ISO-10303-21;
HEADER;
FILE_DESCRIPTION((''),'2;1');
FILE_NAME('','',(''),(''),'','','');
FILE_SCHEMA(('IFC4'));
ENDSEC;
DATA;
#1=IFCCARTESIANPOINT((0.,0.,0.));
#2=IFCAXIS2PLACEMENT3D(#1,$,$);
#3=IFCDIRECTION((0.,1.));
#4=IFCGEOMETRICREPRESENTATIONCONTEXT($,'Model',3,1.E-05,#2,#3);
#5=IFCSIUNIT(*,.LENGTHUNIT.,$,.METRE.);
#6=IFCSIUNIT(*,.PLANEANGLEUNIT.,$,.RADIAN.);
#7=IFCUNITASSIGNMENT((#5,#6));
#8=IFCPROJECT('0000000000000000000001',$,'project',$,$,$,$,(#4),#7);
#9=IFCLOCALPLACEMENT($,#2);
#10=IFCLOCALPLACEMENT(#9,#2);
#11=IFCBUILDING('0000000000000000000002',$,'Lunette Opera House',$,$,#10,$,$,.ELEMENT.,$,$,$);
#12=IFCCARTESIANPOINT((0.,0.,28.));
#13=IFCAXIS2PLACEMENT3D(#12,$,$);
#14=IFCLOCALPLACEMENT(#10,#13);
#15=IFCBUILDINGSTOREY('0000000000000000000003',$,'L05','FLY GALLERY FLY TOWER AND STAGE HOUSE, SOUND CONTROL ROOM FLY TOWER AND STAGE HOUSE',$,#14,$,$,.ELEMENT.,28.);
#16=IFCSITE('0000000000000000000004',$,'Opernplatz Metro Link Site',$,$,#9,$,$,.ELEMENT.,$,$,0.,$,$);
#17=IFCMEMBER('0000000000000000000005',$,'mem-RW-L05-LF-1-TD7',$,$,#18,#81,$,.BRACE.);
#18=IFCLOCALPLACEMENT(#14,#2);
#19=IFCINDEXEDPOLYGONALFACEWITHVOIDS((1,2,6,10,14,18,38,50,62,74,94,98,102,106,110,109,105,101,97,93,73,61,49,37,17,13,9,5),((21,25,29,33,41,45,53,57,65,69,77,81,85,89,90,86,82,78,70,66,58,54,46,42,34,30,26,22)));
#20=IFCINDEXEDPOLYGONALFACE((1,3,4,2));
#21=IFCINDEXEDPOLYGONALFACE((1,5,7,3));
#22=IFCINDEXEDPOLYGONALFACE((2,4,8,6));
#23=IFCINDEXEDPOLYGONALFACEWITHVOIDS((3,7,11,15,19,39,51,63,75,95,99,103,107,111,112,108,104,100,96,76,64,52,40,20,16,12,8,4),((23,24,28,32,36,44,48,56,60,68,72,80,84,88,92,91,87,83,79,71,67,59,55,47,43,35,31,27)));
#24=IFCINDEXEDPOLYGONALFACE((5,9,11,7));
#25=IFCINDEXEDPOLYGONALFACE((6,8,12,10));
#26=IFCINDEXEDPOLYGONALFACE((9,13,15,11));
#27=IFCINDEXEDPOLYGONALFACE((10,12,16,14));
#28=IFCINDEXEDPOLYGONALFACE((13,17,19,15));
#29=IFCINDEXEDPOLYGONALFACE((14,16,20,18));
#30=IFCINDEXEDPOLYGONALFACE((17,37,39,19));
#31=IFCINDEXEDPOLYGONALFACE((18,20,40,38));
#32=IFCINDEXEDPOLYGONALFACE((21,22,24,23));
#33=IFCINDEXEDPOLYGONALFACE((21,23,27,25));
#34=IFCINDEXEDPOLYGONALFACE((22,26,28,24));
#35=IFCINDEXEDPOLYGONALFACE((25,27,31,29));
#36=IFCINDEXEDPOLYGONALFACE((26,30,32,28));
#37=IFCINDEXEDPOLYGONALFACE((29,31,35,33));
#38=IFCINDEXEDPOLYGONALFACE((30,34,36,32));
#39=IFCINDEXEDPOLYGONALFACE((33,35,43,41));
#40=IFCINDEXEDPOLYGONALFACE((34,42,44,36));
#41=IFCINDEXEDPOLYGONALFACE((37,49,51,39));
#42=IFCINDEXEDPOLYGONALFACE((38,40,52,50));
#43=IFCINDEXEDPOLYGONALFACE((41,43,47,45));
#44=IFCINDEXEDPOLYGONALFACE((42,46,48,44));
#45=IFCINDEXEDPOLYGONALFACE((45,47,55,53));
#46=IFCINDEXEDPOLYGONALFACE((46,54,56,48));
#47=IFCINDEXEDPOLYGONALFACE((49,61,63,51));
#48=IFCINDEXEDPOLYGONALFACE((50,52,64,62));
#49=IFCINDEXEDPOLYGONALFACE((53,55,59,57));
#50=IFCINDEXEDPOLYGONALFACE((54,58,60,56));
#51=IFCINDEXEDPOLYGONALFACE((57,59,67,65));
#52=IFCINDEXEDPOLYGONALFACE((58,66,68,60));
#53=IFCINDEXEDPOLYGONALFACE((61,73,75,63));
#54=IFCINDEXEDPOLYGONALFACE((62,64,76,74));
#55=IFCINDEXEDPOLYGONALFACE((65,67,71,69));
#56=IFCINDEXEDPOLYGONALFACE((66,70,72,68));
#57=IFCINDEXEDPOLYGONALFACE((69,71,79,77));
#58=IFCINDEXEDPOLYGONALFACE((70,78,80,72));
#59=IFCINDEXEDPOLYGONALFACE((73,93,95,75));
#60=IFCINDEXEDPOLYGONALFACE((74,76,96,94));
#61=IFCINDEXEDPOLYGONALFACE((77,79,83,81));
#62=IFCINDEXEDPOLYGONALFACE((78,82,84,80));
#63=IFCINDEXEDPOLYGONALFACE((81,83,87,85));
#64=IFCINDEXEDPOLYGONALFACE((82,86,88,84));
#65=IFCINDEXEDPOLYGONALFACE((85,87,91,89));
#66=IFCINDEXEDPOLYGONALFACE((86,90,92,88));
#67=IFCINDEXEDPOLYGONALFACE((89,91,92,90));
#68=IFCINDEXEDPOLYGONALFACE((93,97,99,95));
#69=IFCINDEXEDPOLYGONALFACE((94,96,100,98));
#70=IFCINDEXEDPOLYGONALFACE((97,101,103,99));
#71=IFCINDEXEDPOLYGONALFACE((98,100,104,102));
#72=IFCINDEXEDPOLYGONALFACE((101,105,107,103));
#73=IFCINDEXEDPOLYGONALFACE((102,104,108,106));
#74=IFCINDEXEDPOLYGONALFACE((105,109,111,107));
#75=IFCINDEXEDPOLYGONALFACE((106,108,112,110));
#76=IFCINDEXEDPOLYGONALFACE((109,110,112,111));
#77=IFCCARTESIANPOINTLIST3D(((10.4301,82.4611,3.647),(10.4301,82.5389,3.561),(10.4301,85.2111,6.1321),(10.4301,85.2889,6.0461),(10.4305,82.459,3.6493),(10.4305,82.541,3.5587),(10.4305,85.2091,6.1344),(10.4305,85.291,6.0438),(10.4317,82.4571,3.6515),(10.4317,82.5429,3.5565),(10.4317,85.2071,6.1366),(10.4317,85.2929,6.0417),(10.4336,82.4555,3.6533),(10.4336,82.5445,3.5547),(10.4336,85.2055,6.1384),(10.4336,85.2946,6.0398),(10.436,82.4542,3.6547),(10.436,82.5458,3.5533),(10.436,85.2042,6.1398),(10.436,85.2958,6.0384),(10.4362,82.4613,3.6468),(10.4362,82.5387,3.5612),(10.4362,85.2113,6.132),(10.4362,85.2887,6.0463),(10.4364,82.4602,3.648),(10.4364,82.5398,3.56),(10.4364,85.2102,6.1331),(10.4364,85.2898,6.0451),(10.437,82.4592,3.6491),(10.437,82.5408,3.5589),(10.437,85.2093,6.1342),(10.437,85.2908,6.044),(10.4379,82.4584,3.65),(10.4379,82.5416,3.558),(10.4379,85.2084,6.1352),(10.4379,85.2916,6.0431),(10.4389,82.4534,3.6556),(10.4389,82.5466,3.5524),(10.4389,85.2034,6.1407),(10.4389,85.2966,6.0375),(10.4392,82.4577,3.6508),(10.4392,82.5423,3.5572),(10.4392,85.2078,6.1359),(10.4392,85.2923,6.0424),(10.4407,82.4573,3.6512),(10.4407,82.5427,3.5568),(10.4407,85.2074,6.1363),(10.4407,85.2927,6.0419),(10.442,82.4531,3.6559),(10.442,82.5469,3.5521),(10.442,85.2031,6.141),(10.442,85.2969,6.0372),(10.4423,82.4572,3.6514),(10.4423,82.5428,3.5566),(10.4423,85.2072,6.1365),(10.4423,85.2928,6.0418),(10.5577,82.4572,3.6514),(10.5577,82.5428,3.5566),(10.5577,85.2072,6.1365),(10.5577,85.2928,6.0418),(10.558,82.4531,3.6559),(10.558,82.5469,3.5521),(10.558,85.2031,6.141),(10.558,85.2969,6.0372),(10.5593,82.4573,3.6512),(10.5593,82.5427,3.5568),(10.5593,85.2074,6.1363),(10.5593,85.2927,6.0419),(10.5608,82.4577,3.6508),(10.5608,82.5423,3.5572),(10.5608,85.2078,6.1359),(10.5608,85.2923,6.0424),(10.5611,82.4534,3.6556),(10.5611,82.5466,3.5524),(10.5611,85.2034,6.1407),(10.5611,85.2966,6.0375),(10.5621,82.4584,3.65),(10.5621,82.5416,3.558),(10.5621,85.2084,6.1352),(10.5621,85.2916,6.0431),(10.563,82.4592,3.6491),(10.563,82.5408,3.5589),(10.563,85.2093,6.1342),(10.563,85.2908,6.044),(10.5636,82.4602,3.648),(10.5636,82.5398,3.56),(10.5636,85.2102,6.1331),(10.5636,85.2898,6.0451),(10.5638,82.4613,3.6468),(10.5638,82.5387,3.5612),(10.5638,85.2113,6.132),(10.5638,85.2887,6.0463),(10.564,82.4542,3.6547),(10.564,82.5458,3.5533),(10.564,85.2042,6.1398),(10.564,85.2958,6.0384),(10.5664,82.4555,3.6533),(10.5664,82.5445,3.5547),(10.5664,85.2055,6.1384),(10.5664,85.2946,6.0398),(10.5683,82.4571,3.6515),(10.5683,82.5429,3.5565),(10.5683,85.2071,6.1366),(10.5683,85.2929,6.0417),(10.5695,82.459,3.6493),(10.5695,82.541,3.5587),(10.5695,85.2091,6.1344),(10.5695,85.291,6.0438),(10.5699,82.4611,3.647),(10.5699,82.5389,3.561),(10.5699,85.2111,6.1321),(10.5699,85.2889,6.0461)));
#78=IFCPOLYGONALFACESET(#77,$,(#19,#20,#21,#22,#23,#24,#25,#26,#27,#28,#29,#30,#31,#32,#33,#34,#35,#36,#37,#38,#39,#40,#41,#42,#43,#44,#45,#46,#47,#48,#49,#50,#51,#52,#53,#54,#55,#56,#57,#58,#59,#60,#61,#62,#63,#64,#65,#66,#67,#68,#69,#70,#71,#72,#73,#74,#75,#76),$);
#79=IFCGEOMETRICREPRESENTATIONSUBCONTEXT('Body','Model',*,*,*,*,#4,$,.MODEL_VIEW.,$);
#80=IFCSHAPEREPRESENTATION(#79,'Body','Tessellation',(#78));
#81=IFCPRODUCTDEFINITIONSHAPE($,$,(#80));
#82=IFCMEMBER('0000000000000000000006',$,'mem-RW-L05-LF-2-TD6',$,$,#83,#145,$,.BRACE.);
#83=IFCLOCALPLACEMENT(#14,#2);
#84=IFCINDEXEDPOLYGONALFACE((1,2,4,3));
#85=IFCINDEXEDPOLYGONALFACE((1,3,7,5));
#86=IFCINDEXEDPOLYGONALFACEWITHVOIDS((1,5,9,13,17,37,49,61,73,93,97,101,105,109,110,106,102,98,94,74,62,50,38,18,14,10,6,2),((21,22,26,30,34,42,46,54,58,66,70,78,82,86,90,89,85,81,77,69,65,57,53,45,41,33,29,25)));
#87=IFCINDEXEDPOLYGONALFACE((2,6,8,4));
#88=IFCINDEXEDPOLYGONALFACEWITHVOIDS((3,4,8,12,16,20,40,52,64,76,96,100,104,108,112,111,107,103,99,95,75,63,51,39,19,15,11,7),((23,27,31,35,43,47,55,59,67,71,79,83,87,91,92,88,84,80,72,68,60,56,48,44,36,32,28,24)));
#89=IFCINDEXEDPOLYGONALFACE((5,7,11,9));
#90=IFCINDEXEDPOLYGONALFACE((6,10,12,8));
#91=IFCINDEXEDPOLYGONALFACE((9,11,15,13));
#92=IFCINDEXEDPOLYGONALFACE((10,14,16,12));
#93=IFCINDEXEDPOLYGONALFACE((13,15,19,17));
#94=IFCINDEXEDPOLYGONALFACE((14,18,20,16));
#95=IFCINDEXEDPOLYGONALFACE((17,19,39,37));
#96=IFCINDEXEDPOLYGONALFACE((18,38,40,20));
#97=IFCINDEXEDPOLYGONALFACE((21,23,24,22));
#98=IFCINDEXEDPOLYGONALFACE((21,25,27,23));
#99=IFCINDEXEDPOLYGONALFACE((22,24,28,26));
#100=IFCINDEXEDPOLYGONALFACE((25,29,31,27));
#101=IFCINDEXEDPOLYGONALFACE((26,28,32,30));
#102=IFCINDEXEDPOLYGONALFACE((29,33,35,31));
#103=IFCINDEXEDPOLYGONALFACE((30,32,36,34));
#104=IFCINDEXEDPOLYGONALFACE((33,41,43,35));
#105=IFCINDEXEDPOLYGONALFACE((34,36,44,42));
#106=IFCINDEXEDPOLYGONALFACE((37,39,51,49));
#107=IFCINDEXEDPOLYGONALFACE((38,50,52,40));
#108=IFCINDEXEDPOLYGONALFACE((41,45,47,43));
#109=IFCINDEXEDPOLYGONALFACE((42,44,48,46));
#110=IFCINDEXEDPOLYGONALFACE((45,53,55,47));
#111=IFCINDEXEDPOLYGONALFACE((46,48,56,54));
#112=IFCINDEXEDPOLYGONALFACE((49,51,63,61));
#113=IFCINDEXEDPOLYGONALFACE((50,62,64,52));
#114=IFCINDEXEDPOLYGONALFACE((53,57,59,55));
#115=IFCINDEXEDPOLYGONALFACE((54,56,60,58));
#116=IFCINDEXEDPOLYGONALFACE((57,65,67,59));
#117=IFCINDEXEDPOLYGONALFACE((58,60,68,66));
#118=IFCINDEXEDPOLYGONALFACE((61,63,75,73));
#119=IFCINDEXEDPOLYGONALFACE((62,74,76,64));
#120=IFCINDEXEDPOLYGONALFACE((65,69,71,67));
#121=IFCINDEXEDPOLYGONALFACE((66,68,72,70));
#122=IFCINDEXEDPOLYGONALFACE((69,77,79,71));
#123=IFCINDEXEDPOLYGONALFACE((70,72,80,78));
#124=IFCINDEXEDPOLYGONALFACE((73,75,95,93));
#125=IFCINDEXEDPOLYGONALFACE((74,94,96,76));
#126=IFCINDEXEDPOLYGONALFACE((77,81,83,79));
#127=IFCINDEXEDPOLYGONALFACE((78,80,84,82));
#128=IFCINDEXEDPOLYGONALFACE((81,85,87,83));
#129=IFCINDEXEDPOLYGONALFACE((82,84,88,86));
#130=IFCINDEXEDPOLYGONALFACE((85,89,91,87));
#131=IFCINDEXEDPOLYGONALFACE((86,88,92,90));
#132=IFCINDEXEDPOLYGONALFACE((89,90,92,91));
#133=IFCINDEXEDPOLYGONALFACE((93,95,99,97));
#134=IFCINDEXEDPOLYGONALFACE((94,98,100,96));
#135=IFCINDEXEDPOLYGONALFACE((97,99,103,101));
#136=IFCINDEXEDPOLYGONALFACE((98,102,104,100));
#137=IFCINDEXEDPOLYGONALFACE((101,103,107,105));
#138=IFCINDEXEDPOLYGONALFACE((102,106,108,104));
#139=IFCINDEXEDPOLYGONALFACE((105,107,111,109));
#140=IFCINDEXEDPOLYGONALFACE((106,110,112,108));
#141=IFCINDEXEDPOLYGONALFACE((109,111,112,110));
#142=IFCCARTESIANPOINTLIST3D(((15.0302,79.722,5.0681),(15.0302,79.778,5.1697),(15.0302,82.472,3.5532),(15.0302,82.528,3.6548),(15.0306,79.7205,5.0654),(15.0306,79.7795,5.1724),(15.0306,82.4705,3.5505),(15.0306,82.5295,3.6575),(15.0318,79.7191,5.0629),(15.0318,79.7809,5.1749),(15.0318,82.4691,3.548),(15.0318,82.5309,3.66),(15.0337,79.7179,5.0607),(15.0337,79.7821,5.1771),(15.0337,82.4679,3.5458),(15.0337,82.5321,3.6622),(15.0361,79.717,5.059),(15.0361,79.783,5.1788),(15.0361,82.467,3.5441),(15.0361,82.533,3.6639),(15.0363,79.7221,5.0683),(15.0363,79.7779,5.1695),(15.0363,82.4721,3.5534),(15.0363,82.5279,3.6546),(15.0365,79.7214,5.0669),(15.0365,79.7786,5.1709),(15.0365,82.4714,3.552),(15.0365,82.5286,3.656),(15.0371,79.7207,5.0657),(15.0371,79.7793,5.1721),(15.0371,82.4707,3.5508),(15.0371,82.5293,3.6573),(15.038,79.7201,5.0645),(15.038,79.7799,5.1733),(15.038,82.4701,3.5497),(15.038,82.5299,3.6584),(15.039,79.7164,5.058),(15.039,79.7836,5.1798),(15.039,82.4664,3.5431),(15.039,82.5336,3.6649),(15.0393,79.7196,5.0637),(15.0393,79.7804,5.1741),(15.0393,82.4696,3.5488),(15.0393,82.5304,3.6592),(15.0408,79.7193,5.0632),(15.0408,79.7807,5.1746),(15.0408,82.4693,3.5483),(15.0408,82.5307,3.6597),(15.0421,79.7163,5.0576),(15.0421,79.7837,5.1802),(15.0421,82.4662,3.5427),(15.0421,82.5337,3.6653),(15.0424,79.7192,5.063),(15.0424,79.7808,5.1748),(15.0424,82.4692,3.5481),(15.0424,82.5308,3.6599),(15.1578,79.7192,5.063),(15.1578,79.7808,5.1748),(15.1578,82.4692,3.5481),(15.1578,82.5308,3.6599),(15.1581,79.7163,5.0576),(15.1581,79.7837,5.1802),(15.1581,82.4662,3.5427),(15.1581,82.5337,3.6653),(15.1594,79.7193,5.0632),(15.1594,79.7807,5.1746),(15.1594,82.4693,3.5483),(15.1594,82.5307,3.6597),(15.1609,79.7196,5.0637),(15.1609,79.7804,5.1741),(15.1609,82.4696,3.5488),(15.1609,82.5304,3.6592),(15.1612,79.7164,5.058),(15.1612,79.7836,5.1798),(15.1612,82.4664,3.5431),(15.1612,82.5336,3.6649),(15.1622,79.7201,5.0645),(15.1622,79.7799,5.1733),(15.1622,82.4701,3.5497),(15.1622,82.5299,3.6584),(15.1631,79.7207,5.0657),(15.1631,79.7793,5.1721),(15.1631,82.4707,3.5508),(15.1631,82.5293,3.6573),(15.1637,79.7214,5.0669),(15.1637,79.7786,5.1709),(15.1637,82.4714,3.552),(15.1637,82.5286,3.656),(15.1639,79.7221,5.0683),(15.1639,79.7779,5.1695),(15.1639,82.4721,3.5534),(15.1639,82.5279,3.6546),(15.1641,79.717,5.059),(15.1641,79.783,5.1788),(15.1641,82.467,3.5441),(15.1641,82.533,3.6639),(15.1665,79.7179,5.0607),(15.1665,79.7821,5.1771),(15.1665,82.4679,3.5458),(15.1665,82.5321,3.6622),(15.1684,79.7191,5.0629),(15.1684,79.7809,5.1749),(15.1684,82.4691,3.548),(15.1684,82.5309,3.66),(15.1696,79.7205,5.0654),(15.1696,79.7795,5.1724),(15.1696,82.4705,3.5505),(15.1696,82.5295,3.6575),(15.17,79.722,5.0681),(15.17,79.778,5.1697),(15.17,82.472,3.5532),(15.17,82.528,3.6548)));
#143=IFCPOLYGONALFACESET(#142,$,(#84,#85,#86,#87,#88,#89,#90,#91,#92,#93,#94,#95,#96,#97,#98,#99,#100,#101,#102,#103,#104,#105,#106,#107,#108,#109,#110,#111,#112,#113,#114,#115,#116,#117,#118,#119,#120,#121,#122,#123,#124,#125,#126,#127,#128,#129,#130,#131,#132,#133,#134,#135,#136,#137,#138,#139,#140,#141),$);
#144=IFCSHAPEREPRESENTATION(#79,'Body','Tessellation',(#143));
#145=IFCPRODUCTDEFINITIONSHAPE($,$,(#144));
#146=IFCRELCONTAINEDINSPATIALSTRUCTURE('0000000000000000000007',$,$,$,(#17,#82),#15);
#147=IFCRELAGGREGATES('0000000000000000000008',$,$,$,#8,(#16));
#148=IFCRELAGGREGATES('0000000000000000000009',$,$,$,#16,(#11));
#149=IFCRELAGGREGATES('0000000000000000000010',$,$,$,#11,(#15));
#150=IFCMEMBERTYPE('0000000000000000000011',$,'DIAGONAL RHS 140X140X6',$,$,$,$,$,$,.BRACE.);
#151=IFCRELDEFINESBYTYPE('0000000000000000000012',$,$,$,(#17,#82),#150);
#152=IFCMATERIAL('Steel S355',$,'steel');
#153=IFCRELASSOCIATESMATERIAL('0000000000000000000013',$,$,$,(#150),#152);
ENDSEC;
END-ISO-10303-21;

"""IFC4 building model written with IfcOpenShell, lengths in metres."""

from ifc_helpers import new_model, si_unit, direction, frame, origin, origin_2d, place, context, subcontext, project, spatial, hollow_rectangle, extrude, material, material_profile, profile_set, type_object, element, save


model = new_model("IFC4")

# Units and contexts
model_context = context("Model", 3, precision=1e-05, world=origin(), true_north=direction((0.0, 1.0)))
body_context = subcontext(model_context, "Body", "Model", "MODEL_VIEW")
ifc_project = project(units=[si_unit("LENGTHUNIT", "METRE"), si_unit("PLANEANGLEUNIT", "RADIAN")], contexts=[model_context])

# Site, building, storey
site_placement = place(None, origin())
site = spatial("IfcSite", under=ifc_project, at=site_placement, Name="Opernplatz Metro Link Site", CompositionType="ELEMENT", RefElevation=0.0)
building_placement = place(site_placement, origin())
building = spatial("IfcBuilding", under=site, at=building_placement, Name="Lunette Opera House", CompositionType="ELEMENT")
storey_placement = place(building_placement, frame((0.0, 0.0, 28.0)))
storey = spatial("IfcBuildingStorey", under=building, at=storey_placement, Name="L05", Description="FLY GALLERY FLY TOWER AND STAGE HOUSE, SOUND CONTROL ROOM FLY TOWER AND STAGE HOUSE", CompositionType="ELEMENT", Elevation=28.0)

# Members
ifc_material_1 = material(Name="Steel S355", Category="steel")
ifc_material_profile_1 = material_profile(ifc_material_1, hollow_rectangle(XDim=0.1399, YDim=0.1399, WallThickness=0.0061, InnerFilletRadius=0.0061, OuterFilletRadius=0.012, at=origin_2d()), Name="RHS 140X140X6")
ifc_profile_set_1 = profile_set([ifc_material_profile_1], Name="Steel S355")
member_type_1 = type_object("IfcMemberType", Name="DIAGONAL RHS 140X140X6", PredefinedType="BRACE", material=ifc_profile_set_1)
member_1_placement = place(storey_placement, frame((10.5, 82.5, 3.604), z_axis=(0.0, 0.741937, 0.67047), x_axis=(-1.0, 0.0, 0.0)))
element("IfcMember", 1, at=member_1_placement, inside=storey, type_object=member_type_1, Name="mem-RW-L05-LF-1-TD7", PredefinedType="BRACE", context=body_context, shape_type="SweptSolid", body=[
    extrude(hollow_rectangle(XDim=0.1399, YDim=0.1399, WallThickness=0.0061, InnerFilletRadius=0.0061, OuterFilletRadius=0.012, at=origin_2d()), origin(), (0.0, 0.0, 1.0), 3.7065),
])
member_2_placement = place(storey_placement, frame((15.1001, 79.75, 5.1189), z_axis=(0.0, 0.875894, -0.482504), x_axis=(-1.0, 0.0, 0.0)))
element("IfcMember", 2, at=member_2_placement, inside=storey, type_object=member_type_1, Name="mem-RW-L05-LF-2-TD6", PredefinedType="BRACE", context=body_context, shape_type="SweptSolid", body=[
    extrude(hollow_rectangle(XDim=0.1399, YDim=0.1399, WallThickness=0.0061, InnerFilletRadius=0.0061, OuterFilletRadius=0.012, at=origin_2d()), origin(), (0.0, 0.0, 1.0), 3.1396),
])

save(model, "model.ifc")
